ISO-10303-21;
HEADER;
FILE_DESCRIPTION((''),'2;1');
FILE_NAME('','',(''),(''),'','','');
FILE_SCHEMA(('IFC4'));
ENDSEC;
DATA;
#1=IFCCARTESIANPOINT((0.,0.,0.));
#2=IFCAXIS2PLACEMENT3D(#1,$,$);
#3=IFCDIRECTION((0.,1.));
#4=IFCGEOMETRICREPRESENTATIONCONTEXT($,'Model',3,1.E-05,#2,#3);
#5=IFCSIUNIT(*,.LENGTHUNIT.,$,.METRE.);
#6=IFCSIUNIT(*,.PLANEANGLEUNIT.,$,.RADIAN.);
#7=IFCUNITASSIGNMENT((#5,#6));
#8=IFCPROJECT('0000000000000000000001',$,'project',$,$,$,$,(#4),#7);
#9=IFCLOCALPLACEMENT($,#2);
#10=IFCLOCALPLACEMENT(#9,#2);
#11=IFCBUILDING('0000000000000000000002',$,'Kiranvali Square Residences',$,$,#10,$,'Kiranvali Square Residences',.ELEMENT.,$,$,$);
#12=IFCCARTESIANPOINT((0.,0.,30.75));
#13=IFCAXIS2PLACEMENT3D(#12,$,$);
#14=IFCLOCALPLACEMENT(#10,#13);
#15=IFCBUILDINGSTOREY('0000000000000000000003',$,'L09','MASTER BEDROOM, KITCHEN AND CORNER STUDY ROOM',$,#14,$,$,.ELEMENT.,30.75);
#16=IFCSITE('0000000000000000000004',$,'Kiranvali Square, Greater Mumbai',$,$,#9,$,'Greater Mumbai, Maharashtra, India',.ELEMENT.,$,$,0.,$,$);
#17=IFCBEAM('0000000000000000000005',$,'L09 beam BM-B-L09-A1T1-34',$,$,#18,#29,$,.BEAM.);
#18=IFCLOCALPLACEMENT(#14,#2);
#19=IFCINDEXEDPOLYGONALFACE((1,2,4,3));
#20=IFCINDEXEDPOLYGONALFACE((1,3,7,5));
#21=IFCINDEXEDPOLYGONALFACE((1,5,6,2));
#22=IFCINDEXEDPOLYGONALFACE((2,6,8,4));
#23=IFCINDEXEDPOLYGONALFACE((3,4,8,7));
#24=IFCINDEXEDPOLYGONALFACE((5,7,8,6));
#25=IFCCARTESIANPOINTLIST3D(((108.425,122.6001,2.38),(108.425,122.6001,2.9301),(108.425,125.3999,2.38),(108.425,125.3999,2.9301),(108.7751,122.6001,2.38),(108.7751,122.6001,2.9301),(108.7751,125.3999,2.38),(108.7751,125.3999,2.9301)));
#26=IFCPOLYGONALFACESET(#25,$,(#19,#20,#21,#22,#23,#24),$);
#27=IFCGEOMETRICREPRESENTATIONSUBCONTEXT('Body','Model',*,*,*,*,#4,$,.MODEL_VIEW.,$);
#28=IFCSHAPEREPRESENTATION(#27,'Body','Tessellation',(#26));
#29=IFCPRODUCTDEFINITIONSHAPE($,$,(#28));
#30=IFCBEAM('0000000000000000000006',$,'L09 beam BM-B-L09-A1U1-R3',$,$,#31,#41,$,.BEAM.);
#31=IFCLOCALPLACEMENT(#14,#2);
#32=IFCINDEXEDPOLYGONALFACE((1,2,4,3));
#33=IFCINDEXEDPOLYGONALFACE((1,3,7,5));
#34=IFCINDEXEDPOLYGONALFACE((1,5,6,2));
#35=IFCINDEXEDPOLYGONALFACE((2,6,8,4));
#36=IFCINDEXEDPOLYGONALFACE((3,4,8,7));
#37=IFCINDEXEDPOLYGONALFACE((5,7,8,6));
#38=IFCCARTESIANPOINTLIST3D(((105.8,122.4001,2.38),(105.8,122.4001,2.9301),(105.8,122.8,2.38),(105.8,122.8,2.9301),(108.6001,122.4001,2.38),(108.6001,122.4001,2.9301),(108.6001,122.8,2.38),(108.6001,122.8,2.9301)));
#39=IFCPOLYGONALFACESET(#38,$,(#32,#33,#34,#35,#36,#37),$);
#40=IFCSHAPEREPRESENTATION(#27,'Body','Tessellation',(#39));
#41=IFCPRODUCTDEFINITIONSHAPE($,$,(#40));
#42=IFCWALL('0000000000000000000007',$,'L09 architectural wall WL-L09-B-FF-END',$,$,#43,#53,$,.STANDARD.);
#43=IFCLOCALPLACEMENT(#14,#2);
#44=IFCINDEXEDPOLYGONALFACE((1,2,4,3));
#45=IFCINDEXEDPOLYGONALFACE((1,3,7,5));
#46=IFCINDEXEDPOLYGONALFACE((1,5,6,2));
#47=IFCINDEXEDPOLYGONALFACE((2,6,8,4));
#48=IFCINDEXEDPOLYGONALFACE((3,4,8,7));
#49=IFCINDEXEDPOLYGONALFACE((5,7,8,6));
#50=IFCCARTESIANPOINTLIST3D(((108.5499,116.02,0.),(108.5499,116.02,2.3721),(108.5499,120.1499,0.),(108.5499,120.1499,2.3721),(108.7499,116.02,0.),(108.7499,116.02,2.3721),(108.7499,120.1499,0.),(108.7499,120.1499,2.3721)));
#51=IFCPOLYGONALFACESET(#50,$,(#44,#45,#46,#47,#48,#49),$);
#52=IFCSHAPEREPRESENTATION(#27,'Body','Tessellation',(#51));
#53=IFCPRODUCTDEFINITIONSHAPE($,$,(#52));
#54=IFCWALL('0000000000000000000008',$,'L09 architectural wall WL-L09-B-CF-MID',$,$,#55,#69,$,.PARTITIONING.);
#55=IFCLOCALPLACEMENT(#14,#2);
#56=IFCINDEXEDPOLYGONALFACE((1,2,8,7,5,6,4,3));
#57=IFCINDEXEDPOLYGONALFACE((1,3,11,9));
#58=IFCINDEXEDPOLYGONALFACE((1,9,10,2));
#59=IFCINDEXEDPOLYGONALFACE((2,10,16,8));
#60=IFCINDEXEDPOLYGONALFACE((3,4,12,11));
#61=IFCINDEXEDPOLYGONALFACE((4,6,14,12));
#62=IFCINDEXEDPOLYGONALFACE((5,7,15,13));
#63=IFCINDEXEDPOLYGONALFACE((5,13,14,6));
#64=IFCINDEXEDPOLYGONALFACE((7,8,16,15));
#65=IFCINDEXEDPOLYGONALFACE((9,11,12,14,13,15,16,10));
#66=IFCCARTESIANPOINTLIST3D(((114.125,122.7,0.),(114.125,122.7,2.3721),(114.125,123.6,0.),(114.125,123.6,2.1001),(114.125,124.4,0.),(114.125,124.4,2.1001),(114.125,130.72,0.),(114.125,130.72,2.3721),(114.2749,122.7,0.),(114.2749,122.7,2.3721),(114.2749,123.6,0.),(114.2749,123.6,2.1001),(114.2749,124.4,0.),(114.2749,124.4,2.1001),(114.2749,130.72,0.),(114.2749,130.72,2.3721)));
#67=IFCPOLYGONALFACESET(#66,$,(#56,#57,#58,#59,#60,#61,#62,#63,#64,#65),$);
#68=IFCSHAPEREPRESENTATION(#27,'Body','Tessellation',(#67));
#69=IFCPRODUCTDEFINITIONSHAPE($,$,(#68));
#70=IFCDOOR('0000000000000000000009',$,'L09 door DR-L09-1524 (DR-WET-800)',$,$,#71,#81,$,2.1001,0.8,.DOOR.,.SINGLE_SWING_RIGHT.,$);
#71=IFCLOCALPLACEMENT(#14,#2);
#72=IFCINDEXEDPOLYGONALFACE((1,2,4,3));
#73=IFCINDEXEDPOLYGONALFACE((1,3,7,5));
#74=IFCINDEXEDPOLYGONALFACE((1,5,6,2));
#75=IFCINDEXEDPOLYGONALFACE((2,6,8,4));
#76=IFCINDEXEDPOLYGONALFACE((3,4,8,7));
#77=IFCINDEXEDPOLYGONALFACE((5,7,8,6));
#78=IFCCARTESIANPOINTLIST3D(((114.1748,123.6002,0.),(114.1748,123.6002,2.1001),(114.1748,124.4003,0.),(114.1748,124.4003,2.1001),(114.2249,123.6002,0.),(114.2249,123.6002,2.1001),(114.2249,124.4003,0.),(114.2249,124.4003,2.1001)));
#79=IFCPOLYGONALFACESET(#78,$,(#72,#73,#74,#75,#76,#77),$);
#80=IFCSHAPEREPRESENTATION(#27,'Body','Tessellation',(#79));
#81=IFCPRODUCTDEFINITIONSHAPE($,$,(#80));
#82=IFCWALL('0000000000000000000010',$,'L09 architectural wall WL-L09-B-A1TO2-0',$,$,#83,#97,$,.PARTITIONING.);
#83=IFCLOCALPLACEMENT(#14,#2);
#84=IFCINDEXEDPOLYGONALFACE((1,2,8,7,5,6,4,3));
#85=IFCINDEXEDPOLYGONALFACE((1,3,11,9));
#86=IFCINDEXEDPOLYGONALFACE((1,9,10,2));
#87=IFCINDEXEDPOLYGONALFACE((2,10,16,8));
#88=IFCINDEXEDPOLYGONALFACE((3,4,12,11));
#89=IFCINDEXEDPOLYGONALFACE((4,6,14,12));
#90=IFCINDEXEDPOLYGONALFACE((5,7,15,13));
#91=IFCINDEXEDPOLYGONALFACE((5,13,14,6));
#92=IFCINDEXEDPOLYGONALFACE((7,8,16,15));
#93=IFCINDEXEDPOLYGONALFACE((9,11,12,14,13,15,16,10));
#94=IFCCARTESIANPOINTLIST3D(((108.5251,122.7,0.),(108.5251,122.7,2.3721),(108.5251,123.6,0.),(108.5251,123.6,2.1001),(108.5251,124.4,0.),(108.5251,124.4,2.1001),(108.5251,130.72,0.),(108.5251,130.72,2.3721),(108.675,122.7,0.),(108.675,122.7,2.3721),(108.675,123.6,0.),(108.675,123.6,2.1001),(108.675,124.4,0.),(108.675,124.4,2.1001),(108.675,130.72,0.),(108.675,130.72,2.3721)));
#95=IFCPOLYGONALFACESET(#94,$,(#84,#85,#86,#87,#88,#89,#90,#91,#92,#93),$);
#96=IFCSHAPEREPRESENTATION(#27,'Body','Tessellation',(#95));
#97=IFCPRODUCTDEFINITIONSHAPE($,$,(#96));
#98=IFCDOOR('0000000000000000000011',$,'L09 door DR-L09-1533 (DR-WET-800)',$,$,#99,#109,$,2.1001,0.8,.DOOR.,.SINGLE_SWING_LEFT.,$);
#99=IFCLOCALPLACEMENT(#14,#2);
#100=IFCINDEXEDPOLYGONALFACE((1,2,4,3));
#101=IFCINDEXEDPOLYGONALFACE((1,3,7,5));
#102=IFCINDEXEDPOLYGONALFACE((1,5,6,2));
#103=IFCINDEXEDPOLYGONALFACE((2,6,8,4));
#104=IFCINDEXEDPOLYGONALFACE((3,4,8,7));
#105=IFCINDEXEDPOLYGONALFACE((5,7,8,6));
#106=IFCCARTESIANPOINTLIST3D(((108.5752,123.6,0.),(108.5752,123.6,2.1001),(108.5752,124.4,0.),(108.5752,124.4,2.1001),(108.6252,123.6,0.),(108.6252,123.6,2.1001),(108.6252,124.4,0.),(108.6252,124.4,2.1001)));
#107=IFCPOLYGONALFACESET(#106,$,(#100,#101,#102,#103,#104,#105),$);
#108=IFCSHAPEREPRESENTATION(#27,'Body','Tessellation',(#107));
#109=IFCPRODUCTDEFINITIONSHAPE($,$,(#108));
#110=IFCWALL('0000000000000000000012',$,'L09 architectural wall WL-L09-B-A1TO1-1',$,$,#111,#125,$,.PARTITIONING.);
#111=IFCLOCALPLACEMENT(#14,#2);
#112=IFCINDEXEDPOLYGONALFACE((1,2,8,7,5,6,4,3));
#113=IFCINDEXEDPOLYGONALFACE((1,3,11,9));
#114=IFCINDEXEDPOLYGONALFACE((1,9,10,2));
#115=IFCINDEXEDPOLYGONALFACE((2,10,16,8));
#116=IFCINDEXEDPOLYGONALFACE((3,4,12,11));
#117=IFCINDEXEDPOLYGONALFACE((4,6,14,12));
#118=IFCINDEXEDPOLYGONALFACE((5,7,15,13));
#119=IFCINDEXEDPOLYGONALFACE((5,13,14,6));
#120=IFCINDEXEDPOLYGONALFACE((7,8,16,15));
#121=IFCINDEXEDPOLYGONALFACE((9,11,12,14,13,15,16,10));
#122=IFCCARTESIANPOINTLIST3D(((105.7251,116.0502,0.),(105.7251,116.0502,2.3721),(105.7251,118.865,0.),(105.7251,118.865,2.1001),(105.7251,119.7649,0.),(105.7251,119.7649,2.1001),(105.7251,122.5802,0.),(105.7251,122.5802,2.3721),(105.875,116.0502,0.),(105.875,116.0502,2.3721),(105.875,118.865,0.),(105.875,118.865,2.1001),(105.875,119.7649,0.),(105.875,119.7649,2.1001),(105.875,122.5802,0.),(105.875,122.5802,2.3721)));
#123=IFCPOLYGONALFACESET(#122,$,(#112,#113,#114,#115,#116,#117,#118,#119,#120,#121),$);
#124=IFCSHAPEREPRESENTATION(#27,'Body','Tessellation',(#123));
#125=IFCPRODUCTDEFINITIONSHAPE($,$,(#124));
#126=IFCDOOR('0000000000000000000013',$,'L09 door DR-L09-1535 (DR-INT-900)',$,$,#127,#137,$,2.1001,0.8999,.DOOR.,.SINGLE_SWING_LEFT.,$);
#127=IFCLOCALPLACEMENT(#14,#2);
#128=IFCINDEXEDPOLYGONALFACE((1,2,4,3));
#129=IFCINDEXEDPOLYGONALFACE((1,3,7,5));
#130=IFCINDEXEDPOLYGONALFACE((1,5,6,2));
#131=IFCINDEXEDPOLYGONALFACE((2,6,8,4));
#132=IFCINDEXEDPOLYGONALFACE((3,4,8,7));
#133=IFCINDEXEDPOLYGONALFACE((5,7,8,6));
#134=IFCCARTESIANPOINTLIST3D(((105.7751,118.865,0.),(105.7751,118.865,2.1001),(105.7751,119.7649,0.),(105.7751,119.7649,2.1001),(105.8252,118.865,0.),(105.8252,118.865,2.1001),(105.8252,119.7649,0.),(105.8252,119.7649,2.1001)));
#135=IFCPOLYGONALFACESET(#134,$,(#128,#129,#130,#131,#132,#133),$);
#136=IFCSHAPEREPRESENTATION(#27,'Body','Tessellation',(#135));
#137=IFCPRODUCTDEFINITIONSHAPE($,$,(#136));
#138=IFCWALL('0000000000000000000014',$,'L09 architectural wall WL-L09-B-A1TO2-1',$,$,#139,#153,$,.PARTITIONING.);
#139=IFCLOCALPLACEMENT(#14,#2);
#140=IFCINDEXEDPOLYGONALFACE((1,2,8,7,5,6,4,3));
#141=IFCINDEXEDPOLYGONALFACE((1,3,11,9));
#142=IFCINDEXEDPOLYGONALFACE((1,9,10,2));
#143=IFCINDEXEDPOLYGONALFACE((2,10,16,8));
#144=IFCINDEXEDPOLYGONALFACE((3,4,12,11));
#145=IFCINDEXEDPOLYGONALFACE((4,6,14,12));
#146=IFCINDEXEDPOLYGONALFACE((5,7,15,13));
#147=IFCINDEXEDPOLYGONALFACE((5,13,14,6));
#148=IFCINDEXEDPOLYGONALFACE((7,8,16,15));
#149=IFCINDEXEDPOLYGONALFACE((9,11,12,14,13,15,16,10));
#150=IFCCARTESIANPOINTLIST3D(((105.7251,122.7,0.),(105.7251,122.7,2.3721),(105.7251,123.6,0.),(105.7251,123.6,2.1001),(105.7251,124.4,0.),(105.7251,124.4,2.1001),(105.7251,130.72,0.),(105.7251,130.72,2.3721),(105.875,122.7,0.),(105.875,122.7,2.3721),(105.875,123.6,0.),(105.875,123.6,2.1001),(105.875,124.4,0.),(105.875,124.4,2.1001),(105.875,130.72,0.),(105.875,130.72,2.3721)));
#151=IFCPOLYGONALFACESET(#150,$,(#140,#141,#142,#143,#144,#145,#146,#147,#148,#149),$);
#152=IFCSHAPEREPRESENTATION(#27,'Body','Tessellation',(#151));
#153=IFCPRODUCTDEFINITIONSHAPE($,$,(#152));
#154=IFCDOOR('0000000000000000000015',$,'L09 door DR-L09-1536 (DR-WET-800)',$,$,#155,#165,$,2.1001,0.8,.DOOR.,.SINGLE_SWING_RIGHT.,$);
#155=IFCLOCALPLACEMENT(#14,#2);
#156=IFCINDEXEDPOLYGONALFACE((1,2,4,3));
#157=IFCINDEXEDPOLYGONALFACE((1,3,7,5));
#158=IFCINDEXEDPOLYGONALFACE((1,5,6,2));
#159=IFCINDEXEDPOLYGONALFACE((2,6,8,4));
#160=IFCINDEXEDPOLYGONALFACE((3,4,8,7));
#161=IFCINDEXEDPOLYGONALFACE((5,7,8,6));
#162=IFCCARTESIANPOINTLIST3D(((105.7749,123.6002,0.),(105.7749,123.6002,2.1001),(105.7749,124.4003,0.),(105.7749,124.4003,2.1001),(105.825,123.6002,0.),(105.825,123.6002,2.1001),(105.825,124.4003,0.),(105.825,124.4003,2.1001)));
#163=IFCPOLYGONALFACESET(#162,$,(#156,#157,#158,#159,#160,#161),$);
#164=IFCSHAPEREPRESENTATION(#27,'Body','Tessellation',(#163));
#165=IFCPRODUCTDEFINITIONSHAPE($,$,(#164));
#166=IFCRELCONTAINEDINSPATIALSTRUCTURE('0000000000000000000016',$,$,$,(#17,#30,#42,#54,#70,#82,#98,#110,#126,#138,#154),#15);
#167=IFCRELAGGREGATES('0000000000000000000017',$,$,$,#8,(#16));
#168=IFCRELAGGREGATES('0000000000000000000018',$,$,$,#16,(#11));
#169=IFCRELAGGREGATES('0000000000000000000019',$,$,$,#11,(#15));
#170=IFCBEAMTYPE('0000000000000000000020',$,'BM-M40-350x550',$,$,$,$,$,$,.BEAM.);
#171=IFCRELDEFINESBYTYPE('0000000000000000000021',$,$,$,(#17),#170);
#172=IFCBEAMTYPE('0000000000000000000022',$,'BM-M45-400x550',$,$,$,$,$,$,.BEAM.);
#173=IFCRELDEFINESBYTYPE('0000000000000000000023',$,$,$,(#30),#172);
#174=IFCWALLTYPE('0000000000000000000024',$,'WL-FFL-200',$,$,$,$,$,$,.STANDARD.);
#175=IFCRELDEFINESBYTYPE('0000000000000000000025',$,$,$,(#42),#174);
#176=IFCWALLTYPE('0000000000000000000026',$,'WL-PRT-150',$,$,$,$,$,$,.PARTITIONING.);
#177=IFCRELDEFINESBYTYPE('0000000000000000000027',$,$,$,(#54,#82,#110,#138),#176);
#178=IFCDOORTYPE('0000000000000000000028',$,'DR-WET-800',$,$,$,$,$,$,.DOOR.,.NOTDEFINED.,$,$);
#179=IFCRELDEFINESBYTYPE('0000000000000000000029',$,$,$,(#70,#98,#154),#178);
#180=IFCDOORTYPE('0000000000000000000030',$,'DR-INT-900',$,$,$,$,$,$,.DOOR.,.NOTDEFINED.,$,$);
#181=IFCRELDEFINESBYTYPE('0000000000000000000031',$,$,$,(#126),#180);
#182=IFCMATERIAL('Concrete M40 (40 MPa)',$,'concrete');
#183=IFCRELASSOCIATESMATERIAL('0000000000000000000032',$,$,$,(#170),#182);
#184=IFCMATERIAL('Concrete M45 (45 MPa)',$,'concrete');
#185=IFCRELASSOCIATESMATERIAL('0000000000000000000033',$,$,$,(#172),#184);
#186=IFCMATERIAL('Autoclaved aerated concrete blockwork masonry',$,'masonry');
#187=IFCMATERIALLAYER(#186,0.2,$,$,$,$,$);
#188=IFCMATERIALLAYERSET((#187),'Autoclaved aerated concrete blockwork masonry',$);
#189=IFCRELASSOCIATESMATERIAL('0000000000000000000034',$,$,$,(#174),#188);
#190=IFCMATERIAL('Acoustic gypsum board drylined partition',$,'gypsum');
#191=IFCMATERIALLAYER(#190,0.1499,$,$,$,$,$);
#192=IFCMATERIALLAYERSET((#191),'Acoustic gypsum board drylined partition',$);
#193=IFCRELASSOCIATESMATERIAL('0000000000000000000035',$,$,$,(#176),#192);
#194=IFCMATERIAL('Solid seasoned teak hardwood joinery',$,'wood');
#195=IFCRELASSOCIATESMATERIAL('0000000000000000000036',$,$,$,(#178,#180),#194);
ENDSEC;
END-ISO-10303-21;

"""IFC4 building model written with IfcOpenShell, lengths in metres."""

from ifc_helpers import new_model, si_unit, direction, frame, frame_2d, origin, origin_2d, place, context, subcontext, project, spatial, rectangle, extrude, material, layer, layer_set, material_profile, profile_set, type_object, element, fill, save


model = new_model("IFC4")

# Units and contexts
model_context = context("Model", 3, precision=1e-05, world=origin(), true_north=direction((0.0, 1.0)))
body_context = subcontext(model_context, "Body", "Model", "MODEL_VIEW")
ifc_project = project(units=[si_unit("LENGTHUNIT", "METRE"), si_unit("PLANEANGLEUNIT", "RADIAN")], contexts=[model_context])

# Site, building, storey
site_placement = place(None, origin())
site = spatial("IfcSite", under=ifc_project, at=site_placement, Name="Kiranvali Square, Greater Mumbai", LongName="Greater Mumbai, Maharashtra, India", CompositionType="ELEMENT", RefElevation=0.0)
building_placement = place(site_placement, origin())
building = spatial("IfcBuilding", under=site, at=building_placement, Name="Kiranvali Square Residences", LongName="Kiranvali Square Residences", CompositionType="ELEMENT")
storey_placement = place(building_placement, frame((0.0, 0.0, 30.75)))
storey = spatial("IfcBuildingStorey", under=building, at=storey_placement, Name="L09", Description="MASTER BEDROOM, KITCHEN AND CORNER STUDY ROOM", CompositionType="ELEMENT", Elevation=30.75)

# Beams
ifc_material_1 = material(Name="Concrete M40 (40 MPa)", Category="concrete")
ifc_material_profile_1 = material_profile(ifc_material_1, rectangle(XDim=0.3501, YDim=0.55, at=origin_2d()), Name="RC 350x550")
ifc_profile_set_1 = profile_set([ifc_material_profile_1], Name="Concrete M40 (40 MPa)")
beam_type_1 = type_object("IfcBeamType", Name="BM-M40-350x550", PredefinedType="BEAM", material=ifc_profile_set_1)
beam_1_placement = place(storey_placement, frame((108.6001, 122.6001, 2.655), z_axis=(0.0, 1.0, 0.0), x_axis=(-1.0, 0.0, 0.0)))
element("IfcBeam", 1, at=beam_1_placement, inside=storey, type_object=beam_type_1, Name="L09 beam BM-B-L09-A1T1-34", PredefinedType="BEAM", context=body_context, shape_type="SweptSolid", body=[
    extrude(rectangle(XDim=0.3501, YDim=0.55, at=origin_2d()), origin(), (0.0, 0.0, 1.0), 2.7998),
])
ifc_material_2 = material(Name="Concrete M45 (45 MPa)", Category="concrete")
ifc_material_profile_2 = material_profile(ifc_material_2, rectangle(XDim=0.3999, YDim=0.55, at=origin_2d()), Name="RC 400x550")
ifc_profile_set_2 = profile_set([ifc_material_profile_2], Name="Concrete M45 (45 MPa)")
beam_type_2 = type_object("IfcBeamType", Name="BM-M45-400x550", PredefinedType="BEAM", material=ifc_profile_set_2)
beam_2_placement = place(storey_placement, frame((108.6001, 122.6001, 2.655), z_axis=(-1.0, 0.0, 0.0), x_axis=(0.0, -1.0, 0.0)))
element("IfcBeam", 2, at=beam_2_placement, inside=storey, type_object=beam_type_2, Name="L09 beam BM-B-L09-A1U1-R3", PredefinedType="BEAM", context=body_context, shape_type="SweptSolid", body=[
    extrude(rectangle(XDim=0.3999, YDim=0.55, at=origin_2d()), origin(), (0.0, 0.0, 1.0), 2.8),
])

# Wall
ifc_material_3 = material(Name="Autoclaved aerated concrete blockwork masonry", Category="masonry")
ifc_layer_1 = layer(ifc_material_3, 0.2)
ifc_layer_set_1 = layer_set([ifc_layer_1], Name="Autoclaved aerated concrete blockwork masonry")
wall_type_1 = type_object("IfcWallType", Name="WL-FFL-200", PredefinedType="STANDARD", material=ifc_layer_set_1)
wall_1_placement = place(storey_placement, frame((108.6499, 116.02, 0.0), z_axis=(0.0, 0.0, 1.0), x_axis=(0.0, 1.0, 0.0)))
element("IfcWall", 3, at=wall_1_placement, inside=storey, type_object=wall_type_1, Name="L09 architectural wall WL-L09-B-FF-END", PredefinedType="STANDARD", context=body_context, shape_type="SweptSolid", body=[
    extrude(rectangle(XDim=4.1299, YDim=0.2, at=frame_2d((2.0649, 0.0))), origin(), (0.0, 0.0, 1.0), 2.3721),
])

# Walls, openings, doors
ifc_material_4 = material(Name="Acoustic gypsum board drylined partition", Category="gypsum")
ifc_layer_2 = layer(ifc_material_4, 0.1499)
ifc_layer_set_2 = layer_set([ifc_layer_2], Name="Acoustic gypsum board drylined partition")
wall_type_2 = type_object("IfcWallType", Name="WL-PRT-150", PredefinedType="PARTITIONING", material=ifc_layer_set_2)
wall_2_placement = place(storey_placement, frame((114.2, 122.7, 0.0), z_axis=(0.0, 0.0, 1.0), x_axis=(0.0, 1.0, 0.0)))
wall_2 = element("IfcWall", 4, at=wall_2_placement, inside=storey, type_object=wall_type_2, Name="L09 architectural wall WL-L09-B-CF-MID", PredefinedType="PARTITIONING", context=body_context, shape_type="SweptSolid", body=[
    extrude(rectangle(XDim=8.02, YDim=0.1499, at=frame_2d((4.01, 0.0))), origin(), (0.0, 0.0, 1.0), 2.3721),
])
opening_1_placement = place(wall_2_placement, frame((0.9001, 0.0, 0.0)))
opening_1 = element("IfcOpeningElement", 5, at=opening_1_placement, cuts=wall_2, PredefinedType="OPENING", context=body_context, shape_type="SweptSolid", body=[
    extrude(rectangle(XDim=0.8, YDim=2.1001, at=frame_2d((0.3999, 1.05))), frame((0.0, 0.085, 0.0), z_axis=(0.0, -1.0, 0.0), x_axis=(1.0, 0.0, 0.0)), (0.0, 0.0, 1.0), 0.1699),
])
ifc_material_5 = material(Name="Solid seasoned teak hardwood joinery", Category="wood")
door_type_1 = type_object("IfcDoorType", Name="DR-WET-800", OperationType="NOTDEFINED", PredefinedType="DOOR", material=ifc_material_5)
door_1_placement = place(opening_1_placement, frame((0.8, 0.0, 0.0), z_axis=(0.0, 0.0, 1.0), x_axis=(-1.0, 0.0, 0.0)))
door_1 = element("IfcDoor", 6, at=door_1_placement, inside=storey, type_object=door_type_1, Name="L09 door DR-L09-1524 (DR-WET-800)", OperationType="SINGLE_SWING_RIGHT", OverallHeight=2.1001, OverallWidth=0.8, PredefinedType="DOOR", context=body_context, shape_type="SweptSolid", body=[
    extrude(rectangle(XDim=0.8, YDim=2.1001, at=frame_2d((0.3999, 1.05))), frame((0.0, 0.0249, 0.0), z_axis=(0.0, -1.0, 0.0), x_axis=(1.0, 0.0, 0.0)), (0.0, 0.0, 1.0), 0.05),
])
fill(opening_1, door_1)
wall_3_placement = place(storey_placement, frame((108.6001, 122.7, 0.0), z_axis=(0.0, 0.0, 1.0), x_axis=(0.0, 1.0, 0.0)))
wall_3 = element("IfcWall", 7, at=wall_3_placement, inside=storey, type_object=wall_type_2, Name="L09 architectural wall WL-L09-B-A1TO2-0", PredefinedType="PARTITIONING", context=body_context, shape_type="SweptSolid", body=[
    extrude(rectangle(XDim=8.02, YDim=0.1499, at=frame_2d((4.01, 0.0))), origin(), (0.0, 0.0, 1.0), 2.3721),
])
opening_2_placement = place(wall_3_placement, frame((0.9001, 0.0, 0.0)))
opening_2 = element("IfcOpeningElement", 8, at=opening_2_placement, cuts=wall_3, PredefinedType="OPENING", context=body_context, shape_type="SweptSolid", body=[
    extrude(rectangle(XDim=0.8, YDim=2.1001, at=frame_2d((0.3999, 1.05))), frame((0.0, 0.085, 0.0), z_axis=(0.0, -1.0, 0.0), x_axis=(1.0, 0.0, 0.0)), (0.0, 0.0, 1.0), 0.1699),
])
door_2_placement = place(opening_2_placement, origin())
door_2 = element("IfcDoor", 9, at=door_2_placement, inside=storey, type_object=door_type_1, Name="L09 door DR-L09-1533 (DR-WET-800)", OperationType="SINGLE_SWING_LEFT", OverallHeight=2.1001, OverallWidth=0.8, PredefinedType="DOOR", context=body_context, shape_type="SweptSolid", body=[
    extrude(rectangle(XDim=0.8, YDim=2.1001, at=frame_2d((0.3999, 1.05))), frame((0.0, 0.0249, 0.0), z_axis=(0.0, -1.0, 0.0), x_axis=(1.0, 0.0, 0.0)), (0.0, 0.0, 1.0), 0.05),
])
fill(opening_2, door_2)
wall_4_placement = place(storey_placement, frame((105.8, 116.05, 0.0), z_axis=(0.0, 0.0, 1.0), x_axis=(0.0, 1.0, 0.0)))
wall_4 = element("IfcWall", 10, at=wall_4_placement, inside=storey, type_object=wall_type_2, Name="L09 architectural wall WL-L09-B-A1TO1-1", PredefinedType="PARTITIONING", context=body_context, shape_type="SweptSolid", body=[
    extrude(rectangle(XDim=6.53, YDim=0.1499, at=frame_2d((3.2651, 0.0))), origin(), (0.0, 0.0, 1.0), 2.3721),
])
opening_3_placement = place(wall_4_placement, frame((2.8149, 0.0, 0.0)))
opening_3 = element("IfcOpeningElement", 11, at=opening_3_placement, cuts=wall_4, PredefinedType="OPENING", context=body_context, shape_type="SweptSolid", body=[
    extrude(rectangle(XDim=0.8999, YDim=2.1001, at=frame_2d((0.45, 1.05))), frame((0.0, 0.085, 0.0), z_axis=(0.0, -1.0, 0.0), x_axis=(1.0, 0.0, 0.0)), (0.0, 0.0, 1.0), 0.1699),
])
door_type_2 = type_object("IfcDoorType", Name="DR-INT-900", OperationType="NOTDEFINED", PredefinedType="DOOR", material=ifc_material_5)
door_3_placement = place(opening_3_placement, origin())
door_3 = element("IfcDoor", 12, at=door_3_placement, inside=storey, type_object=door_type_2, Name="L09 door DR-L09-1535 (DR-INT-900)", OperationType="SINGLE_SWING_LEFT", OverallHeight=2.1001, OverallWidth=0.8999, PredefinedType="DOOR", context=body_context, shape_type="SweptSolid", body=[
    extrude(rectangle(XDim=0.8999, YDim=2.1001, at=frame_2d((0.45, 1.05))), frame((0.0, 0.0249, 0.0), z_axis=(0.0, -1.0, 0.0), x_axis=(1.0, 0.0, 0.0)), (0.0, 0.0, 1.0), 0.05),
])
fill(opening_3, door_3)
wall_5_placement = place(storey_placement, frame((105.8, 122.7, 0.0), z_axis=(0.0, 0.0, 1.0), x_axis=(0.0, 1.0, 0.0)))
wall_5 = element("IfcWall", 13, at=wall_5_placement, inside=storey, type_object=wall_type_2, Name="L09 architectural wall WL-L09-B-A1TO2-1", PredefinedType="PARTITIONING", context=body_context, shape_type="SweptSolid", body=[
    extrude(rectangle(XDim=8.02, YDim=0.1499, at=frame_2d((4.01, 0.0))), origin(), (0.0, 0.0, 1.0), 2.3721),
])
opening_4_placement = place(wall_5_placement, frame((0.9001, 0.0, 0.0)))
opening_4 = element("IfcOpeningElement", 14, at=opening_4_placement, cuts=wall_5, PredefinedType="OPENING", context=body_context, shape_type="SweptSolid", body=[
    extrude(rectangle(XDim=0.8, YDim=2.1001, at=frame_2d((0.3999, 1.05))), frame((0.0, 0.085, 0.0), z_axis=(0.0, -1.0, 0.0), x_axis=(1.0, 0.0, 0.0)), (0.0, 0.0, 1.0), 0.1699),
])
door_4_placement = place(opening_4_placement, frame((0.8, 0.0, 0.0), z_axis=(0.0, 0.0, 1.0), x_axis=(-1.0, 0.0, 0.0)))
door_4 = element("IfcDoor", 15, at=door_4_placement, inside=storey, type_object=door_type_1, Name="L09 door DR-L09-1536 (DR-WET-800)", OperationType="SINGLE_SWING_RIGHT", OverallHeight=2.1001, OverallWidth=0.8, PredefinedType="DOOR", context=body_context, shape_type="SweptSolid", body=[
    extrude(rectangle(XDim=0.8, YDim=2.1001, at=frame_2d((0.3999, 1.05))), frame((0.0, 0.0249, 0.0), z_axis=(0.0, -1.0, 0.0), x_axis=(1.0, 0.0, 0.0)), (0.0, 0.0, 1.0), 0.05),
])
fill(opening_4, door_4)

save(model, "model.ifc")
